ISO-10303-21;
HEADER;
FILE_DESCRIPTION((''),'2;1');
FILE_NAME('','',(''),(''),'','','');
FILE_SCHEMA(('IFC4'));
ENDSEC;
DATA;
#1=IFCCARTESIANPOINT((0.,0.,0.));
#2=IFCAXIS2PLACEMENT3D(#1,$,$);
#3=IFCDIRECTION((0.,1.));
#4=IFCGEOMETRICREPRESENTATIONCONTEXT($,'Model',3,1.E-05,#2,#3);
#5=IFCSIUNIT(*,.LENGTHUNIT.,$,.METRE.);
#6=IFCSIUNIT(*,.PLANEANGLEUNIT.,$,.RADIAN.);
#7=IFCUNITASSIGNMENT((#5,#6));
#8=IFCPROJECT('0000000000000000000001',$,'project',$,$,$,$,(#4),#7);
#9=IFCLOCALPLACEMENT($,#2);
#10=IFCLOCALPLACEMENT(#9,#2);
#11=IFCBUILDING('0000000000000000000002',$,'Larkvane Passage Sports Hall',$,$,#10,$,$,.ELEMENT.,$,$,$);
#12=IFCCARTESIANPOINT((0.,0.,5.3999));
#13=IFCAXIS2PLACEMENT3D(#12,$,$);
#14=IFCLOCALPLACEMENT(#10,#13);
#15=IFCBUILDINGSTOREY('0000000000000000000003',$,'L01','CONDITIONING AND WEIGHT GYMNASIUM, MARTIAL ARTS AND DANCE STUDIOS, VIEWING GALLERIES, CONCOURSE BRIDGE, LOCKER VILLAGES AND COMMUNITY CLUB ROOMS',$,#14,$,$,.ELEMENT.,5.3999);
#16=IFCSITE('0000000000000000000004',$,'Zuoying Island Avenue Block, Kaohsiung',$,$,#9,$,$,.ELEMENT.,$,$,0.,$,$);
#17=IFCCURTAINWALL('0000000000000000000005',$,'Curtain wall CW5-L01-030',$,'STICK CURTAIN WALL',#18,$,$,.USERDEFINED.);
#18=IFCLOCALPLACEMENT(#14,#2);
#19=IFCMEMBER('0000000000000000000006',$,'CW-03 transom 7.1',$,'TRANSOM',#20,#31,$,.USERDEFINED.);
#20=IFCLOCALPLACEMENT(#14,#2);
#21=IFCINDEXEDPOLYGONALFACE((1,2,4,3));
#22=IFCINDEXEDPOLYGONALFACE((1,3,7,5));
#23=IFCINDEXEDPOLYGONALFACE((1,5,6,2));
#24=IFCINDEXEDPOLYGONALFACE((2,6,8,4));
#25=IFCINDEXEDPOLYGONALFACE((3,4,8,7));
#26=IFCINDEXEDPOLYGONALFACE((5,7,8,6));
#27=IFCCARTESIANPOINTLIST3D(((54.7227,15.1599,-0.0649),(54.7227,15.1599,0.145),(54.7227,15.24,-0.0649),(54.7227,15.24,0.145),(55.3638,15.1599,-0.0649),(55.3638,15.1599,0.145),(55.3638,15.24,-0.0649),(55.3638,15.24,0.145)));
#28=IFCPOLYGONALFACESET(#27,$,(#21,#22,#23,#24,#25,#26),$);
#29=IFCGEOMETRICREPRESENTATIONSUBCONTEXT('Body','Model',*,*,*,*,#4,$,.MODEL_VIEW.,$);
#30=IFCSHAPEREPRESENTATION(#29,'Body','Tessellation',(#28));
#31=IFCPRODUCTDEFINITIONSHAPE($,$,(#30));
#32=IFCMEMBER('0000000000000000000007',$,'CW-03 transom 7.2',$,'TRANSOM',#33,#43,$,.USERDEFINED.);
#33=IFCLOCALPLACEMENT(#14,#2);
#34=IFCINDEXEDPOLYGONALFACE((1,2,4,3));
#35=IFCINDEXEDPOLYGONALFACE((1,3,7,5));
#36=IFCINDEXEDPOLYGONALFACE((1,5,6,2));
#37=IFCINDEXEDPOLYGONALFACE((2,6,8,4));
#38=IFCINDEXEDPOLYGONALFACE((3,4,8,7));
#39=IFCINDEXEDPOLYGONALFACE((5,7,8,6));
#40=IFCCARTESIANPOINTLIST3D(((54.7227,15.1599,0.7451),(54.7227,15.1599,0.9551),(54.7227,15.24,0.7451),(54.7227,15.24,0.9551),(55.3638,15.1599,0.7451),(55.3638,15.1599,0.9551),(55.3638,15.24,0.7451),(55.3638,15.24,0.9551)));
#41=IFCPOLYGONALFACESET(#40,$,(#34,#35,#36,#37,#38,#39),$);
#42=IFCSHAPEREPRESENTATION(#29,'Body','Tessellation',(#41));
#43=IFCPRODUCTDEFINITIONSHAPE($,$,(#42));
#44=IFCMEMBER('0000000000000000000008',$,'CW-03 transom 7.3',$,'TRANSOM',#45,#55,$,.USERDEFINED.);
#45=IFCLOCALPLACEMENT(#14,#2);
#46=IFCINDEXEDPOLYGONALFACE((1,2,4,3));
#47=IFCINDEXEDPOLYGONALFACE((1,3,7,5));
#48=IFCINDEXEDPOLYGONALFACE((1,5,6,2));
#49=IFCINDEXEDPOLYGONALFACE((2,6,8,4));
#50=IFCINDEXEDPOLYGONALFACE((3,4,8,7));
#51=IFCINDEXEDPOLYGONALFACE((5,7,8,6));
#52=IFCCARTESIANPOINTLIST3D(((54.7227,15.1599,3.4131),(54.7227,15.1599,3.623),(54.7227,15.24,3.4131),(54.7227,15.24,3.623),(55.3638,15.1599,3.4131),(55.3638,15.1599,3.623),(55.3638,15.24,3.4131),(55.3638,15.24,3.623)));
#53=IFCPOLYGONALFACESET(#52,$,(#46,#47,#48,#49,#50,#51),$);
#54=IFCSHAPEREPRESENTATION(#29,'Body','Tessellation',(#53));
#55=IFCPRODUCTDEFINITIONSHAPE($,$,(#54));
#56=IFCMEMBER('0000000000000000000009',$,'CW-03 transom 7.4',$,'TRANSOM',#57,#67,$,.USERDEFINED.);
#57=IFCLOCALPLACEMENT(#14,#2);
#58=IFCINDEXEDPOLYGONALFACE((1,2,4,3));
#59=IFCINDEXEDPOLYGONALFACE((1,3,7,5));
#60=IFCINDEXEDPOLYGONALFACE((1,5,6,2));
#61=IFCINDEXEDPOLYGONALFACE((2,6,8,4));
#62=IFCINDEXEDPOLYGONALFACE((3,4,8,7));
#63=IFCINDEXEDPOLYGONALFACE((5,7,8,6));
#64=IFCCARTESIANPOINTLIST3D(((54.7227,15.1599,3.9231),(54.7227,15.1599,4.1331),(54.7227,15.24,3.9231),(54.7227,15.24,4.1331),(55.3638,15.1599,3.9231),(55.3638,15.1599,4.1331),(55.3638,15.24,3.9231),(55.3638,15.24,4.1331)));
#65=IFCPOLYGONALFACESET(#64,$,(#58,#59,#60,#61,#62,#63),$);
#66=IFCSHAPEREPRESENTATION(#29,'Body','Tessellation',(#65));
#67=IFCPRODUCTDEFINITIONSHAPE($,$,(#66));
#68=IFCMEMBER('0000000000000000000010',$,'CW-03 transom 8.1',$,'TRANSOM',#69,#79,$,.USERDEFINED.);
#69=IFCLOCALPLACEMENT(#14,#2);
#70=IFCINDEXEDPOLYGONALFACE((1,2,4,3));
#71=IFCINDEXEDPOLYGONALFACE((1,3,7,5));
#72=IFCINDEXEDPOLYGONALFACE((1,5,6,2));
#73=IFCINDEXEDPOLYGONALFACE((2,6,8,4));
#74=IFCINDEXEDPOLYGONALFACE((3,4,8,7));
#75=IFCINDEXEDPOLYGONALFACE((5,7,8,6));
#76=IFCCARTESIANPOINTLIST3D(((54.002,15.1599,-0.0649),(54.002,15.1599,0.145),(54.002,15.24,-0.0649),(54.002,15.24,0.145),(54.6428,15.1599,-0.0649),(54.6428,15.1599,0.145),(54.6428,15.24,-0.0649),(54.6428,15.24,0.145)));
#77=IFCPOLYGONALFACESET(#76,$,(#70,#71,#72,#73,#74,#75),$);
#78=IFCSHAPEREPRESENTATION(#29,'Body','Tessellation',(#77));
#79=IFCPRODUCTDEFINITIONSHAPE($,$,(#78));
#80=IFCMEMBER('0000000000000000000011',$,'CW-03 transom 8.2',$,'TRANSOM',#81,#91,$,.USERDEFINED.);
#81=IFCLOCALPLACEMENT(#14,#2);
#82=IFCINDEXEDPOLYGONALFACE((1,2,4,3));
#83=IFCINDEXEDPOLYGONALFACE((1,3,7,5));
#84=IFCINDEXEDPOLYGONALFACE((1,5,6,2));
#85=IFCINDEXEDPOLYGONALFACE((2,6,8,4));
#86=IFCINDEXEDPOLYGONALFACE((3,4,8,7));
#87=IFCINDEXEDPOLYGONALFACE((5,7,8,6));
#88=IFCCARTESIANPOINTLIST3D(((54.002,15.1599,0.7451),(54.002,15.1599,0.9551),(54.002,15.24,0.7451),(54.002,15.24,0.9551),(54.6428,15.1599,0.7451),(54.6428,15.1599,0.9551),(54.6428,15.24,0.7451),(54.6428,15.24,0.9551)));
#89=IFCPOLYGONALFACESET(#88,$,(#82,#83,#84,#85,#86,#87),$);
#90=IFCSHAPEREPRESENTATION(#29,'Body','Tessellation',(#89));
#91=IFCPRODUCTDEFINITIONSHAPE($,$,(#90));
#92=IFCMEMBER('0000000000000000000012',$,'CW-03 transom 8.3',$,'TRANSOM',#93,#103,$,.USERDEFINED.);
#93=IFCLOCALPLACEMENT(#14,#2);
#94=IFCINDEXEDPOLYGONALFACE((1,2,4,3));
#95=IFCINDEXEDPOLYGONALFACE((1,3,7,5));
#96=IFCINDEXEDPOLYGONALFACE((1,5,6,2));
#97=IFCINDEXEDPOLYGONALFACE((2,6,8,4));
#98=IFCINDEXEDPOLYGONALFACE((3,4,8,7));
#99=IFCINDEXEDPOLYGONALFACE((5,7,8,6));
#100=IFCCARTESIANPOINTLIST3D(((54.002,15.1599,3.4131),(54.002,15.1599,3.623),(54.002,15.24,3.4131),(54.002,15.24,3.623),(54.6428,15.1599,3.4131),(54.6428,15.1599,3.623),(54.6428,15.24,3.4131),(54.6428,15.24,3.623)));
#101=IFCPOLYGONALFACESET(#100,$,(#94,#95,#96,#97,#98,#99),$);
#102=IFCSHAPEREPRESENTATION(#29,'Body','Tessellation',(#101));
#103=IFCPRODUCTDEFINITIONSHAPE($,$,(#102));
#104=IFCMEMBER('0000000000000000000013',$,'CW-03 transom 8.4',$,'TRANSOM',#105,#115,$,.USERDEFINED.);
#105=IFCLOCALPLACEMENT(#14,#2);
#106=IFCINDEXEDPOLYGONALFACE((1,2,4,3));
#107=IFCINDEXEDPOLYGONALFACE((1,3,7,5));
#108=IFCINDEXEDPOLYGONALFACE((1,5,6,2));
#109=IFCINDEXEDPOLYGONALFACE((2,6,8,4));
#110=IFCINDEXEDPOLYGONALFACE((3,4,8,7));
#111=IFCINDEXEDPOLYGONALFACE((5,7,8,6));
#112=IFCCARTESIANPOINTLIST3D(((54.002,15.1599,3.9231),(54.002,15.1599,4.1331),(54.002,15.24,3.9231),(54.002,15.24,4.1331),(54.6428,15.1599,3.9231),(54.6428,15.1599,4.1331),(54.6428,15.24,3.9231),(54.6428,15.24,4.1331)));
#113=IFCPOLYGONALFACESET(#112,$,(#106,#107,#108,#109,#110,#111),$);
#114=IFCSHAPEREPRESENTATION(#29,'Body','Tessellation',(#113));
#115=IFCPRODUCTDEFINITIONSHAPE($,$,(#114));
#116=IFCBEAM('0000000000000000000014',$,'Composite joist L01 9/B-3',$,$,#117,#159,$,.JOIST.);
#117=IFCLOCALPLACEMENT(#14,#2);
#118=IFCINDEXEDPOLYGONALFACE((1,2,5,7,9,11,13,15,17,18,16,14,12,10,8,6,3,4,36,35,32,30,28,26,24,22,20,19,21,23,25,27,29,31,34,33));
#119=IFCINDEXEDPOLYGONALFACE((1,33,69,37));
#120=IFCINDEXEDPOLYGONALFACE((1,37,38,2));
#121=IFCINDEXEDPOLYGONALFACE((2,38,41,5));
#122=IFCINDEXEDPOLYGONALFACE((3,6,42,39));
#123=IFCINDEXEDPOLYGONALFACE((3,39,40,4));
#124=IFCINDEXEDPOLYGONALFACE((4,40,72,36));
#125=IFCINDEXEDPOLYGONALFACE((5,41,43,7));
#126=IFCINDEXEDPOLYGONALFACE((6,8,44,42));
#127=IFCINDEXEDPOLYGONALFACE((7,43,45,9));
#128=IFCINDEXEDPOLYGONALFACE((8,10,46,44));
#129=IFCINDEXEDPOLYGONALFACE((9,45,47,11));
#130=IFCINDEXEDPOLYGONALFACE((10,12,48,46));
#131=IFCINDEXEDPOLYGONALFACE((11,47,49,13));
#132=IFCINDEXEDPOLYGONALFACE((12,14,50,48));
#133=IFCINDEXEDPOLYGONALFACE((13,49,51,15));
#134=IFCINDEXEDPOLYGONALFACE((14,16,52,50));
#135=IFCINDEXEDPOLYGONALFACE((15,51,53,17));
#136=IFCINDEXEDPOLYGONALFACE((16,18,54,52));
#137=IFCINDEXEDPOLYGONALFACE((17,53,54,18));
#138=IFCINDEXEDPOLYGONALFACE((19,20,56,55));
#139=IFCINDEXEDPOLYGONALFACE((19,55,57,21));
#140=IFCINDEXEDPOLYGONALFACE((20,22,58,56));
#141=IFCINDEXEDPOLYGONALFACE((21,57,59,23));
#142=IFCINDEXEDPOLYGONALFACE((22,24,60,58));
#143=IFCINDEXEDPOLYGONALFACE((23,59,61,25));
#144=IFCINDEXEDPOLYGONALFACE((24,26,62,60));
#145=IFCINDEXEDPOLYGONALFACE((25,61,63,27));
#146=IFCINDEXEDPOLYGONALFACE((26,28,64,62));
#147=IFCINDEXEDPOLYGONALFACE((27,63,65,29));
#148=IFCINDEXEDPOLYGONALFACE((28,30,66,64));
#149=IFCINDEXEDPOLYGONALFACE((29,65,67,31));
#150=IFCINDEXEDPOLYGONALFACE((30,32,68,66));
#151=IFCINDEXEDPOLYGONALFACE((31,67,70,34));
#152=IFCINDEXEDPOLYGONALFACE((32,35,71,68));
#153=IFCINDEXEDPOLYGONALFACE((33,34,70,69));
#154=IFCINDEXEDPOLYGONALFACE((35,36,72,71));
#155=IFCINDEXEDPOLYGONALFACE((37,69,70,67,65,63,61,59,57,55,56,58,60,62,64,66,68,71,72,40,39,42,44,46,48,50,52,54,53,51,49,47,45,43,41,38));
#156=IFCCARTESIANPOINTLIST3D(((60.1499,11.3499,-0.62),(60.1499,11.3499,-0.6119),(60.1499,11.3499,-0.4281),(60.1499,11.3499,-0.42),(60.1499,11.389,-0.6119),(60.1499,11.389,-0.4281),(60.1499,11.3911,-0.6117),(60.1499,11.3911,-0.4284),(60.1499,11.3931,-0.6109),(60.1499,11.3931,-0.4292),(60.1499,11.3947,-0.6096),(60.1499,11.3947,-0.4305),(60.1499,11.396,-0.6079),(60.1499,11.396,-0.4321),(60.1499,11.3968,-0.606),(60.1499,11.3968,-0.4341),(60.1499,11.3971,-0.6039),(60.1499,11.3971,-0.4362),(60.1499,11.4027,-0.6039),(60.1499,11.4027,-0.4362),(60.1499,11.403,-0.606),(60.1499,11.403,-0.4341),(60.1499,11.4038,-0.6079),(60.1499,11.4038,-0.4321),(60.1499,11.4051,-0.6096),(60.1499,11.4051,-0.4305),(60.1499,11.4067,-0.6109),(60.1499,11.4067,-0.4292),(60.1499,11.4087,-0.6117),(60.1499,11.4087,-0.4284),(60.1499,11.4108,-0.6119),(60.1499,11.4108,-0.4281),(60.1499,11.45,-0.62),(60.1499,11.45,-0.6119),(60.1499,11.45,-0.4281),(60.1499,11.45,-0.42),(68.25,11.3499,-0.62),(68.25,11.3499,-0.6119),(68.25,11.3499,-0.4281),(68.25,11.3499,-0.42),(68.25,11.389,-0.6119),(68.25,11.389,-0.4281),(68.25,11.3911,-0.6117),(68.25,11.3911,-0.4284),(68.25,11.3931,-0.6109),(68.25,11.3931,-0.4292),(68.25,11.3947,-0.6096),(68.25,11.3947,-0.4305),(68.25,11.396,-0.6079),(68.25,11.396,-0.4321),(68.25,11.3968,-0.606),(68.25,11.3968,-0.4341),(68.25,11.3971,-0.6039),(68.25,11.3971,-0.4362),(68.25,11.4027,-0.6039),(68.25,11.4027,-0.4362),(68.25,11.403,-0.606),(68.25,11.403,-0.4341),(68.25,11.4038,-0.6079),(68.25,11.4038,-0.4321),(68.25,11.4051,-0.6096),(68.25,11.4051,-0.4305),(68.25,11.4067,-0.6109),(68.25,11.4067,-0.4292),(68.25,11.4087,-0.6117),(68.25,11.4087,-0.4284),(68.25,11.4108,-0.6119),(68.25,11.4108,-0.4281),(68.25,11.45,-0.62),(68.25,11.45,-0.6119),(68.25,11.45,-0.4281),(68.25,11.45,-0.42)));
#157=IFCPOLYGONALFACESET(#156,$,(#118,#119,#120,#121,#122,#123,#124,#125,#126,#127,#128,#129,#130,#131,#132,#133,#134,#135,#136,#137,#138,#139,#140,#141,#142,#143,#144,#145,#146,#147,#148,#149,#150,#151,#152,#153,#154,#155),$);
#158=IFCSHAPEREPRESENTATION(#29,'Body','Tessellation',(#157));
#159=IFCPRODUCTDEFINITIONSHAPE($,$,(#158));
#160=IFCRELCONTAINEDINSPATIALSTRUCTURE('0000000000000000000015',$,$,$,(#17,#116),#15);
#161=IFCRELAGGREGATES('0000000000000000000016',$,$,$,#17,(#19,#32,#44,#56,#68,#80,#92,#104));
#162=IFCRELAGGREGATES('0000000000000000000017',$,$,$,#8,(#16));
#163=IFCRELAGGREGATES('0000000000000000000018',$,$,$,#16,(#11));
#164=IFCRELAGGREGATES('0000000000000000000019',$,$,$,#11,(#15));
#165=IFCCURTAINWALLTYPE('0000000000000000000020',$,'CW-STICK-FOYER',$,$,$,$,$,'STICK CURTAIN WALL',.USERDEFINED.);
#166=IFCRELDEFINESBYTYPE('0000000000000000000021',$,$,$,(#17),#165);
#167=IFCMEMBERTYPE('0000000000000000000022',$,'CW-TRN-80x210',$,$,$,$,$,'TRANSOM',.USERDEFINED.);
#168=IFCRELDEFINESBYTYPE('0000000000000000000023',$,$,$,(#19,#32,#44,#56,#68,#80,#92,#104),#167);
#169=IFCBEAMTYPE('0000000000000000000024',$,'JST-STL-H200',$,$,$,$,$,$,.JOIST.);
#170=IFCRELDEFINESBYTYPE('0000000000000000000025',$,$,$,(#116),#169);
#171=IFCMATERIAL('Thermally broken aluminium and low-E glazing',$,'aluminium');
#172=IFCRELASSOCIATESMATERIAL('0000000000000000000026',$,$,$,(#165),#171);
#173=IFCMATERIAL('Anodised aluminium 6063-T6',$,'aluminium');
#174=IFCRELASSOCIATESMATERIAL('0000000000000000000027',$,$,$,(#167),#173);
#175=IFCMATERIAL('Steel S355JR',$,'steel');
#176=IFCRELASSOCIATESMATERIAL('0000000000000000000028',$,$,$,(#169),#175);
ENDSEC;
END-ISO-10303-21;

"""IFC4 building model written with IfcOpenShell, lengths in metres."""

from ifc_helpers import new_model, si_unit, direction, frame, origin, origin_2d, place, context, subcontext, project, spatial, rectangle, i_section, extrude, material, material_profile, profile_set, type_object, element, aggregate, save


model = new_model("IFC4")

# Units and contexts
model_context = context("Model", 3, precision=1e-05, world=origin(), true_north=direction((0.0, 1.0)))
body_context = subcontext(model_context, "Body", "Model", "MODEL_VIEW")
ifc_project = project(units=[si_unit("LENGTHUNIT", "METRE"), si_unit("PLANEANGLEUNIT", "RADIAN")], contexts=[model_context])

# Site, building, storey
site_placement = place(None, origin())
site = spatial("IfcSite", under=ifc_project, at=site_placement, Name="Zuoying Island Avenue Block, Kaohsiung", CompositionType="ELEMENT", RefElevation=0.0)
building_placement = place(site_placement, origin())
building = spatial("IfcBuilding", under=site, at=building_placement, Name="Larkvane Passage Sports Hall", CompositionType="ELEMENT")
storey_placement = place(building_placement, frame((0.0, 0.0, 5.3999)))
storey = spatial("IfcBuildingStorey", under=building, at=storey_placement, Name="L01", Description="CONDITIONING AND WEIGHT GYMNASIUM, MARTIAL ARTS AND DANCE STUDIOS, VIEWING GALLERIES, CONCOURSE BRIDGE, LOCKER VILLAGES AND COMMUNITY CLUB ROOMS", CompositionType="ELEMENT", Elevation=5.3999)

# Curtain wall, members
ifc_material_1 = material(Name="Thermally broken aluminium and low-E glazing", Category="aluminium")
curtain_wall_type = type_object("IfcCurtainWallType", Name="CW-STICK-FOYER", ElementType="STICK CURTAIN WALL", PredefinedType="USERDEFINED", material=ifc_material_1)
curtain_wall_placement = place(storey_placement, origin())
curtain_wall = element("IfcCurtainWall", 1, at=curtain_wall_placement, inside=storey, type_object=curtain_wall_type, Name="Curtain wall CW5-L01-030", ObjectType="STICK CURTAIN WALL", PredefinedType="USERDEFINED")
ifc_material_2 = material(Name="Anodised aluminium 6063-T6", Category="aluminium")
ifc_material_profile_1 = material_profile(ifc_material_2, rectangle(XDim=0.0801, YDim=0.21, at=origin_2d()), Name="ALU-TRN-80x210")
ifc_profile_set_1 = profile_set([ifc_material_profile_1], Name="Anodised aluminium 6063-T6")
member_type_1 = type_object("IfcMemberType", Name="CW-TRN-80x210", ElementType="TRANSOM", PredefinedType="USERDEFINED", material=ifc_profile_set_1)
member_1_placement = place(storey_placement, frame((55.3638, 15.2, 0.04), z_axis=(-1.0, 0.0, 0.0), x_axis=(0.0, -1.0, 0.0)))
member_1 = element("IfcMember", 2, at=member_1_placement, type_object=member_type_1, Name="CW-03 transom 7.1", ObjectType="TRANSOM", PredefinedType="USERDEFINED", context=body_context, shape_type="SweptSolid", body=[
    extrude(rectangle(XDim=0.0801, YDim=0.21, at=origin_2d()), origin(), (0.0, 0.0, 1.0), 0.6411),
])
member_2_placement = place(storey_placement, frame((55.3638, 15.2, 0.8501), z_axis=(-1.0, 0.0, 0.0), x_axis=(0.0, -1.0, 0.0)))
member_2 = element("IfcMember", 3, at=member_2_placement, type_object=member_type_1, Name="CW-03 transom 7.2", ObjectType="TRANSOM", PredefinedType="USERDEFINED", context=body_context, shape_type="SweptSolid", body=[
    extrude(rectangle(XDim=0.0801, YDim=0.21, at=origin_2d()), origin(), (0.0, 0.0, 1.0), 0.6411),
])
member_3_placement = place(storey_placement, frame((55.3638, 15.2, 3.5181), z_axis=(-1.0, 0.0, 0.0), x_axis=(0.0, -1.0, 0.0)))
member_3 = element("IfcMember", 4, at=member_3_placement, type_object=member_type_1, Name="CW-03 transom 7.3", ObjectType="TRANSOM", PredefinedType="USERDEFINED", context=body_context, shape_type="SweptSolid", body=[
    extrude(rectangle(XDim=0.0801, YDim=0.21, at=origin_2d()), origin(), (0.0, 0.0, 1.0), 0.6411),
])
member_4_placement = place(storey_placement, frame((55.3638, 15.2, 4.0281), z_axis=(-1.0, 0.0, 0.0), x_axis=(0.0, -1.0, 0.0)))
member_4 = element("IfcMember", 5, at=member_4_placement, type_object=member_type_1, Name="CW-03 transom 7.4", ObjectType="TRANSOM", PredefinedType="USERDEFINED", context=body_context, shape_type="SweptSolid", body=[
    extrude(rectangle(XDim=0.0801, YDim=0.21, at=origin_2d()), origin(), (0.0, 0.0, 1.0), 0.6411),
])
member_5_placement = place(storey_placement, frame((54.6428, 15.2, 0.04), z_axis=(-1.0, 0.0, 0.0), x_axis=(0.0, -1.0, 0.0)))
member_5 = element("IfcMember", 6, at=member_5_placement, type_object=member_type_1, Name="CW-03 transom 8.1", ObjectType="TRANSOM", PredefinedType="USERDEFINED", context=body_context, shape_type="SweptSolid", body=[
    extrude(rectangle(XDim=0.0801, YDim=0.21, at=origin_2d()), origin(), (0.0, 0.0, 1.0), 0.6409),
])
member_6_placement = place(storey_placement, frame((54.6428, 15.2, 0.8501), z_axis=(-1.0, 0.0, 0.0), x_axis=(0.0, -1.0, 0.0)))
member_6 = element("IfcMember", 7, at=member_6_placement, type_object=member_type_1, Name="CW-03 transom 8.2", ObjectType="TRANSOM", PredefinedType="USERDEFINED", context=body_context, shape_type="SweptSolid", body=[
    extrude(rectangle(XDim=0.0801, YDim=0.21, at=origin_2d()), origin(), (0.0, 0.0, 1.0), 0.6409),
])
member_7_placement = place(storey_placement, frame((54.6428, 15.2, 3.5181), z_axis=(-1.0, 0.0, 0.0), x_axis=(0.0, -1.0, 0.0)))
member_7 = element("IfcMember", 8, at=member_7_placement, type_object=member_type_1, Name="CW-03 transom 8.3", ObjectType="TRANSOM", PredefinedType="USERDEFINED", context=body_context, shape_type="SweptSolid", body=[
    extrude(rectangle(XDim=0.0801, YDim=0.21, at=origin_2d()), origin(), (0.0, 0.0, 1.0), 0.6409),
])
member_8_placement = place(storey_placement, frame((54.6428, 15.2, 4.0281), z_axis=(-1.0, 0.0, 0.0), x_axis=(0.0, -1.0, 0.0)))
member_8 = element("IfcMember", 9, at=member_8_placement, type_object=member_type_1, Name="CW-03 transom 8.4", ObjectType="TRANSOM", PredefinedType="USERDEFINED", context=body_context, shape_type="SweptSolid", body=[
    extrude(rectangle(XDim=0.0801, YDim=0.21, at=origin_2d()), origin(), (0.0, 0.0, 1.0), 0.6409),
])

# Beam
ifc_material_3 = material(Name="Steel S355JR", Category="steel")
ifc_material_profile_2 = material_profile(ifc_material_3, i_section(OverallWidth=0.1001, OverallDepth=0.2, WebThickness=0.0056, FlangeThickness=0.0081, FilletRadius=0.0081, at=origin_2d()), Name="H-200x100x5.5x8")
ifc_profile_set_2 = profile_set([ifc_material_profile_2], Name="Steel S355JR")
beam_type_1 = type_object("IfcBeamType", Name="JST-STL-H200", PredefinedType="JOIST", material=ifc_profile_set_2)
beam_1_placement = place(storey_placement, frame((60.1499, 11.3999, -0.52), z_axis=(1.0, 0.0, 0.0), x_axis=(0.0, 1.0, 0.0)))
element("IfcBeam", 10, at=beam_1_placement, inside=storey, type_object=beam_type_1, Name="Composite joist L01 9/B-3", PredefinedType="JOIST", context=body_context, shape_type="SweptSolid", body=[
    extrude(i_section(OverallWidth=0.1001, OverallDepth=0.2, WebThickness=0.0056, FlangeThickness=0.0081, FilletRadius=0.0081, at=origin_2d()), origin(), (0.0, 0.0, 1.0), 8.1001),
])

aggregate(curtain_wall, [member_1, member_2, member_3, member_4, member_5, member_6, member_7, member_8])

save(model, "model.ifc")
